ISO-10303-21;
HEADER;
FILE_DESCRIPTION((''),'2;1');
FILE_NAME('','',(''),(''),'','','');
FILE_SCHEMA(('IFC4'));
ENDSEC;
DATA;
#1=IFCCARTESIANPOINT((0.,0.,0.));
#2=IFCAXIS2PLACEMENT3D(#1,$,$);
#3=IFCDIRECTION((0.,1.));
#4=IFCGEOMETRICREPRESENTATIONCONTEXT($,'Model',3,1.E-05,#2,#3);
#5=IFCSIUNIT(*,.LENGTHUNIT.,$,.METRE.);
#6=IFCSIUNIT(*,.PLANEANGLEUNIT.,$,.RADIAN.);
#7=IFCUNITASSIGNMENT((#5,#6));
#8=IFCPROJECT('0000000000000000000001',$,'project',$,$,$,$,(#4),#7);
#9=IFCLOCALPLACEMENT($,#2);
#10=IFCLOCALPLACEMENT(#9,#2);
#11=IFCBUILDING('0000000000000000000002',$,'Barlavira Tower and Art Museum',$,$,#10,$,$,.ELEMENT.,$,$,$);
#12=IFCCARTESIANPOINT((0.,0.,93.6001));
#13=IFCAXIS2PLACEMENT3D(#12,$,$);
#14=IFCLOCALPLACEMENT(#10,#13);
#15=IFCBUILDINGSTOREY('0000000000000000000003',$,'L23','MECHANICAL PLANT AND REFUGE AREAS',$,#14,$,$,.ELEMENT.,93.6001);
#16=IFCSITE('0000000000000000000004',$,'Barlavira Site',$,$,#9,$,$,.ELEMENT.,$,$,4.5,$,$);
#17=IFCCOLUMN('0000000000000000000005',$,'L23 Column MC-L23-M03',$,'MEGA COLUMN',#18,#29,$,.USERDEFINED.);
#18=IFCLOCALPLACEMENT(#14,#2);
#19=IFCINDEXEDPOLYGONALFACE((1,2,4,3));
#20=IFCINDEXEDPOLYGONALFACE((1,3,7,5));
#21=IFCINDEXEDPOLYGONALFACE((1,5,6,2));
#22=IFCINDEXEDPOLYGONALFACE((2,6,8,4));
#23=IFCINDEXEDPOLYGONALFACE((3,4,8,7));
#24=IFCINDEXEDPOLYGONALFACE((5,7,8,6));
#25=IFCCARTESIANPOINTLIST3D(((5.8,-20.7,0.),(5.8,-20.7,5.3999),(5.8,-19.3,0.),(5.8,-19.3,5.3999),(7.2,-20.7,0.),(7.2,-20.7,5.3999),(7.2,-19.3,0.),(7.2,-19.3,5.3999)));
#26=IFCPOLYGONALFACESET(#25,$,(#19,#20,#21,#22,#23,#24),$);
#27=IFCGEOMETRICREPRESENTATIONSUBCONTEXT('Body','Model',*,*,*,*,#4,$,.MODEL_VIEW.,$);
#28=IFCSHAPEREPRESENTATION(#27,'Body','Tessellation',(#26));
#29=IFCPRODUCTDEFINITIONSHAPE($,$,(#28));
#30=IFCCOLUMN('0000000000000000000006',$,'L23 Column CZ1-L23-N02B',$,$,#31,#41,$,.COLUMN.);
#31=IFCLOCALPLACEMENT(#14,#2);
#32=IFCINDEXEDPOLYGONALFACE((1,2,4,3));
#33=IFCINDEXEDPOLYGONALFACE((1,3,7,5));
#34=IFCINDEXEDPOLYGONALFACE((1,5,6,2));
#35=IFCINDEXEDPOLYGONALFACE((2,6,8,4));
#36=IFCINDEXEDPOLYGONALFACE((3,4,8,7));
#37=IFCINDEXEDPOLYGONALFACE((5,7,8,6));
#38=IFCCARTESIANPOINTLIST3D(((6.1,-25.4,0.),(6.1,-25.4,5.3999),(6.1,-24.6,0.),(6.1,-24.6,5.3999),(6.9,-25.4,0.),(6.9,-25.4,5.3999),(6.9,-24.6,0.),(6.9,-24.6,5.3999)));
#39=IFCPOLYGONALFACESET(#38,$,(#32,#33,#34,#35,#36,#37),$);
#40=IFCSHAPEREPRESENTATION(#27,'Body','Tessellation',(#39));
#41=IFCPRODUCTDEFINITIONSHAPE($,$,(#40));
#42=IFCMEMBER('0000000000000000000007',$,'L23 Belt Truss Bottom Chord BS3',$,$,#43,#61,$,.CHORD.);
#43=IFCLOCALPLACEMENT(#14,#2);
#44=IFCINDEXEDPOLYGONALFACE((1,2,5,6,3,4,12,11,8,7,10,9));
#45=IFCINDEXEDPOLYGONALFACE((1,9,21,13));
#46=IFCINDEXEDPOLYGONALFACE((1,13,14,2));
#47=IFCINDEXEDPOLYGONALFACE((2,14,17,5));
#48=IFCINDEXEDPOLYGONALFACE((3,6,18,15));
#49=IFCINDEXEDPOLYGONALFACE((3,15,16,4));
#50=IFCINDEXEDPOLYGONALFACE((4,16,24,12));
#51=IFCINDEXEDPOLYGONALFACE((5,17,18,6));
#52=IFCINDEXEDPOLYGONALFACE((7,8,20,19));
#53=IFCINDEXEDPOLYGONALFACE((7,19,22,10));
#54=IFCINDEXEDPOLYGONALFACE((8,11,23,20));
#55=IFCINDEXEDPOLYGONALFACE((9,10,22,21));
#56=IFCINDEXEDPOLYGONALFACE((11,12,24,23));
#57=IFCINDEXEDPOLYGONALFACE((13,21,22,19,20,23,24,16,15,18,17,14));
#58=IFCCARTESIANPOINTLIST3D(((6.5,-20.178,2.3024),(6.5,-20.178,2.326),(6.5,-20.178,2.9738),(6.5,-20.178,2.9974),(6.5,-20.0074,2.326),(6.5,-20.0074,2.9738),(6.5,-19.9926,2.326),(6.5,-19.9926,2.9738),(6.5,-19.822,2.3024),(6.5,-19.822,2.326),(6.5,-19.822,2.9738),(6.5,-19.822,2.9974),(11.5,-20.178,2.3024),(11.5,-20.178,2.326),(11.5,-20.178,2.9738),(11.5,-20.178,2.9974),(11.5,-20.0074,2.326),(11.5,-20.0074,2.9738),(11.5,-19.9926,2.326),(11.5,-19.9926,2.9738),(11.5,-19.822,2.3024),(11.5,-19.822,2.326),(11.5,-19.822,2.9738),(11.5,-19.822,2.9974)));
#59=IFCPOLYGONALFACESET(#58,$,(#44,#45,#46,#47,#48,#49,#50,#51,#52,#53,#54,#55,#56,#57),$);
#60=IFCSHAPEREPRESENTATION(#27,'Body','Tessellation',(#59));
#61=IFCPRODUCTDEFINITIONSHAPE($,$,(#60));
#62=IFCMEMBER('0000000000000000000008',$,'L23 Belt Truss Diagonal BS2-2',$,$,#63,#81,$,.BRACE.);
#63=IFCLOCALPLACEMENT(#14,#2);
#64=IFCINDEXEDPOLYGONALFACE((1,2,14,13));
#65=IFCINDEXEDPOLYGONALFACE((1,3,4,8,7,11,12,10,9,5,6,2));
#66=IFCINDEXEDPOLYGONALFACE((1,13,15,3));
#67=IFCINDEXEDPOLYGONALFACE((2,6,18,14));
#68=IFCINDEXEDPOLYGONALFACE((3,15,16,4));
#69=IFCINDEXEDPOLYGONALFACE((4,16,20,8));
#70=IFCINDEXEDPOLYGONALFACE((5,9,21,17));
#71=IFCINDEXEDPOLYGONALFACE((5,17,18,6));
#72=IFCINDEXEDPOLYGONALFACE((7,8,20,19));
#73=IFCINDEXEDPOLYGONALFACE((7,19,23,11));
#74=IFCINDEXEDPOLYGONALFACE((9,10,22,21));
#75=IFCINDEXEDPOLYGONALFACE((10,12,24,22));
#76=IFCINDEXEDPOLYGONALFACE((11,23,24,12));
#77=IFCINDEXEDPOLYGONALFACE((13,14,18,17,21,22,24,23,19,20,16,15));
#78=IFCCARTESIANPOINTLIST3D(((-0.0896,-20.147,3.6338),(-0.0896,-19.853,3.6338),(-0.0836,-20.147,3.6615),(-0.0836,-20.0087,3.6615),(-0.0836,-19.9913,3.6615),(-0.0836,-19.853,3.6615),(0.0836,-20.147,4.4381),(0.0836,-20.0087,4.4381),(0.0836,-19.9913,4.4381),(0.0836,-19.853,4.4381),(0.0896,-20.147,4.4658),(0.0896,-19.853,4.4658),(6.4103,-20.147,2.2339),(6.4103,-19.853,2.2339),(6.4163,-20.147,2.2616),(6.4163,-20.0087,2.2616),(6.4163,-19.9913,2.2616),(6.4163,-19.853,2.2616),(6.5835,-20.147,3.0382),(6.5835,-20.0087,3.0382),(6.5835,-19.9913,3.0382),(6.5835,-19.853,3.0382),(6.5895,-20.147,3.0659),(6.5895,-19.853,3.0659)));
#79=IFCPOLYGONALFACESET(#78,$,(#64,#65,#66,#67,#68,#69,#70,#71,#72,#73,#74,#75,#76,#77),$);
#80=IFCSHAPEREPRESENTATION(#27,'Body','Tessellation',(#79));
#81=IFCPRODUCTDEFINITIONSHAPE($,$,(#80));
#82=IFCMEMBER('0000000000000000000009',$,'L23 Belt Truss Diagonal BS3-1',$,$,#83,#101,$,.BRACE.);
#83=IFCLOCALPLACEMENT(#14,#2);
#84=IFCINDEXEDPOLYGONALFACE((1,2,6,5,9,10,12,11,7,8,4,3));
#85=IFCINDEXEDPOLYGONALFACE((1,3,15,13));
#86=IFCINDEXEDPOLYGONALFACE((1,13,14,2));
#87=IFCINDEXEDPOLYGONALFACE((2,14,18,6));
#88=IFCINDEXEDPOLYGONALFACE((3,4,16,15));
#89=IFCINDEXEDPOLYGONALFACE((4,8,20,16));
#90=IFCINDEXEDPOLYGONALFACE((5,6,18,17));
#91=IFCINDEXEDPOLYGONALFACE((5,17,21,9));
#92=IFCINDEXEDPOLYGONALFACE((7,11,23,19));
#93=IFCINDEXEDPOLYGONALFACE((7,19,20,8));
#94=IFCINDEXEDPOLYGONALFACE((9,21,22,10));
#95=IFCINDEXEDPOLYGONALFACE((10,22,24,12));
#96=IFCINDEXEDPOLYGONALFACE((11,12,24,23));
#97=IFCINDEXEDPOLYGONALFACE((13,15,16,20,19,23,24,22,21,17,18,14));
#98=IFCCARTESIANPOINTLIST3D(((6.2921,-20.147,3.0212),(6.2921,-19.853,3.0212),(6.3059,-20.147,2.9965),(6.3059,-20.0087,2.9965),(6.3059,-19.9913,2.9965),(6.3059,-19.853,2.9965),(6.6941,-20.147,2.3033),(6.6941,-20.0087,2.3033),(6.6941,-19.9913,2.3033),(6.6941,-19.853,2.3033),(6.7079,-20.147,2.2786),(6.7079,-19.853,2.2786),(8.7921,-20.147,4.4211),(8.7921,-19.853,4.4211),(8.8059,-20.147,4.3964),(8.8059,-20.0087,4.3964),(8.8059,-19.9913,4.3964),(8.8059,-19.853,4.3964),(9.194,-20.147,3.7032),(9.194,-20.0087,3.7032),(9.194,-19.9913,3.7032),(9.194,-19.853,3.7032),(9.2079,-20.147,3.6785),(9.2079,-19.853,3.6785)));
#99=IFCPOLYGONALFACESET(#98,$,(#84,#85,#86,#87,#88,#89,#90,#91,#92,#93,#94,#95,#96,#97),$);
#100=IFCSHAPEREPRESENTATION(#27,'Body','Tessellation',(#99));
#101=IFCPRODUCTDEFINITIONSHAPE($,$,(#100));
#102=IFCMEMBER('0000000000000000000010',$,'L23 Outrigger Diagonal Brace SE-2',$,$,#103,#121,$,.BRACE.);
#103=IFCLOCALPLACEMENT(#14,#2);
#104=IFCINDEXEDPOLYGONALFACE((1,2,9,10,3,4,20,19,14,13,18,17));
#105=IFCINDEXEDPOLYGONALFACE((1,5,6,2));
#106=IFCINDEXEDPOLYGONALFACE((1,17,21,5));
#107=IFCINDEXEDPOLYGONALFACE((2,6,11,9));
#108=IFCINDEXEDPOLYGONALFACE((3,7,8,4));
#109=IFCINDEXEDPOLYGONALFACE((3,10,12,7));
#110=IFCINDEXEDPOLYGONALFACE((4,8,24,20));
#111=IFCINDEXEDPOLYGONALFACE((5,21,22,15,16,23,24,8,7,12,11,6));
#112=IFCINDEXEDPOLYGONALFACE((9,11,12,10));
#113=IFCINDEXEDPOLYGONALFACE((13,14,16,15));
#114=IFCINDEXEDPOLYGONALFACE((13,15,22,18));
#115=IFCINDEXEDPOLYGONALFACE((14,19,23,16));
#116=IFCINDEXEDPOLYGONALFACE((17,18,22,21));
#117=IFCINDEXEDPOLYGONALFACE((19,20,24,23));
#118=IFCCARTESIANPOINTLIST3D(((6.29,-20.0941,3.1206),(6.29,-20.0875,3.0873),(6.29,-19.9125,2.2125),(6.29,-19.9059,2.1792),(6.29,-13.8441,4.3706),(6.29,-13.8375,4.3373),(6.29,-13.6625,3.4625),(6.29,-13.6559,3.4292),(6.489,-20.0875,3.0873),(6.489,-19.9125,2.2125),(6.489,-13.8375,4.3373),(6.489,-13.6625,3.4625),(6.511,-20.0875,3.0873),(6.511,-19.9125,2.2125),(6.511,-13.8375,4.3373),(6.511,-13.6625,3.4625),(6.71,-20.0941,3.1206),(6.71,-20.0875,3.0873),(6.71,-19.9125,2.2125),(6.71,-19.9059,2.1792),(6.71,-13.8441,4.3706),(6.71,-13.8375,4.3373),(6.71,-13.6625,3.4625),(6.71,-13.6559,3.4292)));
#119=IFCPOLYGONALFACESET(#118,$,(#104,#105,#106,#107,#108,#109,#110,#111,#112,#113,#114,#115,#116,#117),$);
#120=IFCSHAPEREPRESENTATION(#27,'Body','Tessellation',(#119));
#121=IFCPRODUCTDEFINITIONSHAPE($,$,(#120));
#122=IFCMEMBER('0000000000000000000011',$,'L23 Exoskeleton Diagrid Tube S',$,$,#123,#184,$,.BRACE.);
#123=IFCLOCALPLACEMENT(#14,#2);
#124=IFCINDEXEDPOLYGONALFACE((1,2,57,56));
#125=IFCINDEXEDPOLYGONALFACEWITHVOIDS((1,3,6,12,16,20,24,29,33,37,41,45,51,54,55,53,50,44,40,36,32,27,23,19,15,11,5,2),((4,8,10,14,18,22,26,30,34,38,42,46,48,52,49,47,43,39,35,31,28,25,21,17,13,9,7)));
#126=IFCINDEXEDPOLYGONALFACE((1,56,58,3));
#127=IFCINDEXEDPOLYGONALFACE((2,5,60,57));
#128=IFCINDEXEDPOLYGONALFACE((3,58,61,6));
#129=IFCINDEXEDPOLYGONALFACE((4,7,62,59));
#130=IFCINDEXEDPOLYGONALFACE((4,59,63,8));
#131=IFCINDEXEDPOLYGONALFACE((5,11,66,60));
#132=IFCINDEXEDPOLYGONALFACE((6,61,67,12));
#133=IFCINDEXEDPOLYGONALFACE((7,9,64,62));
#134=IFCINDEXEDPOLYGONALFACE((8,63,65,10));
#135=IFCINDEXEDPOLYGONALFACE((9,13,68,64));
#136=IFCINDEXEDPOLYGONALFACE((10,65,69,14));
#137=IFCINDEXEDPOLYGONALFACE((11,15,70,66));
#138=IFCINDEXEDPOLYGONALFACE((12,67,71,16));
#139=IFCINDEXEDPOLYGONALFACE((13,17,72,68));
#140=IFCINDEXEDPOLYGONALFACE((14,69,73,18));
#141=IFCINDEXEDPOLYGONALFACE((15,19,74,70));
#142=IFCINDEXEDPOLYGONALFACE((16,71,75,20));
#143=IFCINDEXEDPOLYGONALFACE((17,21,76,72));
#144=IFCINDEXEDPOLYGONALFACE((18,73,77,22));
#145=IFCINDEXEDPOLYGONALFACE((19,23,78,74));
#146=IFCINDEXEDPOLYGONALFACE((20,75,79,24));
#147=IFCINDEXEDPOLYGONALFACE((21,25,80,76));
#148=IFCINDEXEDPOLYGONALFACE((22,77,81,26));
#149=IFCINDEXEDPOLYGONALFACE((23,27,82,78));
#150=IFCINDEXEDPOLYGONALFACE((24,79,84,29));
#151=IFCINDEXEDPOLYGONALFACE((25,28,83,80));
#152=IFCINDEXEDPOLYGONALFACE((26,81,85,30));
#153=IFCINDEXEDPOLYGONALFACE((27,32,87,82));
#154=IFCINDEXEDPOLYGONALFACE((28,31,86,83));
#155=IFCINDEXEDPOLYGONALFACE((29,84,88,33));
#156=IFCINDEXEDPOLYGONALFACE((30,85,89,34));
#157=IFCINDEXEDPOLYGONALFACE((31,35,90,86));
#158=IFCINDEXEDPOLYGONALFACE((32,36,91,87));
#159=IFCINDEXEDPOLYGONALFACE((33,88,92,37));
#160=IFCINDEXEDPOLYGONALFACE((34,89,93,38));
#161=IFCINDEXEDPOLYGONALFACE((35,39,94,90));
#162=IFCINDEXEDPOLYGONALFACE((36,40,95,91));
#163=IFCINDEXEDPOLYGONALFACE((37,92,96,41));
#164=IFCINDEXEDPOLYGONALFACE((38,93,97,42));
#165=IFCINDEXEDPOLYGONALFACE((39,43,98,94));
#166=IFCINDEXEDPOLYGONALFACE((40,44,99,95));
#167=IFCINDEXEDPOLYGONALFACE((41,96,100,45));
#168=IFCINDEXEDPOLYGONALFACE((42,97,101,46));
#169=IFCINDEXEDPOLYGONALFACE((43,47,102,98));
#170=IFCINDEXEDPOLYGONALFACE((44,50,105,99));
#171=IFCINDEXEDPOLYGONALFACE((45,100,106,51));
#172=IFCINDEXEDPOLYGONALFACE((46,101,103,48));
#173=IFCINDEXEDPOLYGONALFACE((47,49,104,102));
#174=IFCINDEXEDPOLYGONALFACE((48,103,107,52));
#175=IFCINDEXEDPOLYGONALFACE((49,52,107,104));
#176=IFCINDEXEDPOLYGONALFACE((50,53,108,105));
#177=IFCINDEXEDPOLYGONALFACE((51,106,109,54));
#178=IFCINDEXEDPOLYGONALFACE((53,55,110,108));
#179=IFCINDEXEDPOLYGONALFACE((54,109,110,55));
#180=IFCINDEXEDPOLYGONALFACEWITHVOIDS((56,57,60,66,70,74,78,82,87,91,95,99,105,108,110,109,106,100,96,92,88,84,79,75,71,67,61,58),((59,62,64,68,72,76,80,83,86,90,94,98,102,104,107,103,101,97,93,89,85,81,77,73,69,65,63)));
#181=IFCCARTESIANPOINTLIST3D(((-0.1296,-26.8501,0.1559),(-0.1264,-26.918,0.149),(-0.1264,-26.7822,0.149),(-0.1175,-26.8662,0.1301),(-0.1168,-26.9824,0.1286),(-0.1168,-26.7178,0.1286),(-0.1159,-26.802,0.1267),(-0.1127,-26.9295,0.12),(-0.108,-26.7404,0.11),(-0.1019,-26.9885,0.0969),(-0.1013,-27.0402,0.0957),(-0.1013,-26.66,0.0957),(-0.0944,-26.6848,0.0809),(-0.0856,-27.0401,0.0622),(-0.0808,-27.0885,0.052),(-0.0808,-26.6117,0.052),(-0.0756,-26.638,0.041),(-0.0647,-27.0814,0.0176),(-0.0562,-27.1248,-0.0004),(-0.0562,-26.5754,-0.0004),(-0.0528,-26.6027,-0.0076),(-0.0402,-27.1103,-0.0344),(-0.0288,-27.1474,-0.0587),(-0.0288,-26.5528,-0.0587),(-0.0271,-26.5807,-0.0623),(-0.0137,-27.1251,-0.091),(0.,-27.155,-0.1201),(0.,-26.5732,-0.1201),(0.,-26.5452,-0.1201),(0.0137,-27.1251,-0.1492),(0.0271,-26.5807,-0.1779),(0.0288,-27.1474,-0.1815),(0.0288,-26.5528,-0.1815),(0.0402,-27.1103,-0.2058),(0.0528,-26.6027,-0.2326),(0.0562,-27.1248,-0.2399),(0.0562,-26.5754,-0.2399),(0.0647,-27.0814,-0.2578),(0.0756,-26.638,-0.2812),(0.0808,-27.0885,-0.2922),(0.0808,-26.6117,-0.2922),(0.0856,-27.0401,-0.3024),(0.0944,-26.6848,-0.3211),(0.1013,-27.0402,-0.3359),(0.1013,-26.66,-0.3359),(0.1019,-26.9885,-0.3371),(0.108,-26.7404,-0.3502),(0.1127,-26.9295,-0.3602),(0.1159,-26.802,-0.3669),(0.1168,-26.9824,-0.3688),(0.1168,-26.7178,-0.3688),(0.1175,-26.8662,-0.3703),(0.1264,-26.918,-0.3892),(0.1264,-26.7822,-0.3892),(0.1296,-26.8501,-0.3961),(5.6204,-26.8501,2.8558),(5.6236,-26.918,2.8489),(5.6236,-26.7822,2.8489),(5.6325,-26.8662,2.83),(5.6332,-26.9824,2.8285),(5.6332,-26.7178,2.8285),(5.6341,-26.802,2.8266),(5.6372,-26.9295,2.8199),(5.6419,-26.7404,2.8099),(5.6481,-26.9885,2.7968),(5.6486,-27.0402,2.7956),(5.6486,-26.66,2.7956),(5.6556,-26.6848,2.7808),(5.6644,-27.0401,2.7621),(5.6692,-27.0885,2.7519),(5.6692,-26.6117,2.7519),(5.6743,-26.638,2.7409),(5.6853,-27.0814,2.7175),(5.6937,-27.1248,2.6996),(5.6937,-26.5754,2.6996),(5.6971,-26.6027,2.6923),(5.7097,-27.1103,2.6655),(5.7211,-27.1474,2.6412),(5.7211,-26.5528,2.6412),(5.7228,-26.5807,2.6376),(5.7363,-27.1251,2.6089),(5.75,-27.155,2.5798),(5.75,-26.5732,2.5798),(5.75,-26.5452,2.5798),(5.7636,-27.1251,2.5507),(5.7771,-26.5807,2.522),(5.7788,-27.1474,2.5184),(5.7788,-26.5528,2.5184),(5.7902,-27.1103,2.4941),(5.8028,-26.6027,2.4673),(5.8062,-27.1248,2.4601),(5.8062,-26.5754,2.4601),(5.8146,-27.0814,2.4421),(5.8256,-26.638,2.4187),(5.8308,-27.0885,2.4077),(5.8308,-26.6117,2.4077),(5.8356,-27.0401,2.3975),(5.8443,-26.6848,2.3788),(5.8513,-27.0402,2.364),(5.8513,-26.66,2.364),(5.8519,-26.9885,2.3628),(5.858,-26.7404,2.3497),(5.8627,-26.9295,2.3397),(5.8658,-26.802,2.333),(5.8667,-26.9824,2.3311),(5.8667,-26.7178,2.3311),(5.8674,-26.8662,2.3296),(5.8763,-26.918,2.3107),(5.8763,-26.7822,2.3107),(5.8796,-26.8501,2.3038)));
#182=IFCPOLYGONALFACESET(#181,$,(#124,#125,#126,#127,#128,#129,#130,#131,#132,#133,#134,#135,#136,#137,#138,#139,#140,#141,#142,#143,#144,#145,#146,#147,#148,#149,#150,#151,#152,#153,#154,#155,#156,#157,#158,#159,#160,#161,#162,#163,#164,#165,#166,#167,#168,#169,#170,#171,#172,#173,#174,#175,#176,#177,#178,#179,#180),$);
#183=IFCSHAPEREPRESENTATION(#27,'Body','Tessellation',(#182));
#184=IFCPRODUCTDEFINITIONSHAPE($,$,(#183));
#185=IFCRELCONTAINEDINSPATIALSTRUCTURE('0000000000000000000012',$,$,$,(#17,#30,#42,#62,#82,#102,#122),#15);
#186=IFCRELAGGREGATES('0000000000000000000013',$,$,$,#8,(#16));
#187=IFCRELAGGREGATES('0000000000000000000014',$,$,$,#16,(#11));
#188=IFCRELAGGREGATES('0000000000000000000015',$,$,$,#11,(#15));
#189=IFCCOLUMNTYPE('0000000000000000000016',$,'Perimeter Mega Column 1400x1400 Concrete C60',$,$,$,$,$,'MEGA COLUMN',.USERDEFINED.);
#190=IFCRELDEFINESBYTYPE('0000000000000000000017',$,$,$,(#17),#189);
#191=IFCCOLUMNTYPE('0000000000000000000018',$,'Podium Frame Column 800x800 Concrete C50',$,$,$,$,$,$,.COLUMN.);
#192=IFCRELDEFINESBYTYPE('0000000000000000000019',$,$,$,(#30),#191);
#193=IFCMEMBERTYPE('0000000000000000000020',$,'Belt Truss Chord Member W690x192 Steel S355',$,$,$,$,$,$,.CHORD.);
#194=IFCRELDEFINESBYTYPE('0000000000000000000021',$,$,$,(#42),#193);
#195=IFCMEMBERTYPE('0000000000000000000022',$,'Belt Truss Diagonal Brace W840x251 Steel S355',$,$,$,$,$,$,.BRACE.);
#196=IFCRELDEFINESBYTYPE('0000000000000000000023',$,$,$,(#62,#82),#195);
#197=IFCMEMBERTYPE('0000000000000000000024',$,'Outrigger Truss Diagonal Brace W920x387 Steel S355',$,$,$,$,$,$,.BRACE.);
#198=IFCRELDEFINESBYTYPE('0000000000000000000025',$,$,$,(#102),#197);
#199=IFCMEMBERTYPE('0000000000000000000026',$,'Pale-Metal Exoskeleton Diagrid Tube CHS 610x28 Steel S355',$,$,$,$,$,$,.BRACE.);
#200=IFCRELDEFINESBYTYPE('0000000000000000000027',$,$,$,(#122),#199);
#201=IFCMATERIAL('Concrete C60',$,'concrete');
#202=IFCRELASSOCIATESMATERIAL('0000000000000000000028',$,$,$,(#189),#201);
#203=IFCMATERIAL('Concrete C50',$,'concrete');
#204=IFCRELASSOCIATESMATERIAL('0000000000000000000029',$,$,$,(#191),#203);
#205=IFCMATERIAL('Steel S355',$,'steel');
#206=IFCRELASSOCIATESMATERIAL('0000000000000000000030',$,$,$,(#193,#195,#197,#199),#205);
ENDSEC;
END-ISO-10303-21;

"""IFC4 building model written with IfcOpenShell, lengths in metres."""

from ifc_helpers import new_model, si_unit, direction, frame, origin, origin_2d, place, context, subcontext, project, spatial, rectangle, hollow_circle, i_section, extrude, material, material_profile, profile_set, type_object, element, save


model = new_model("IFC4")

# Units and contexts
model_context = context("Model", 3, precision=1e-05, world=origin(), true_north=direction((0.0, 1.0)))
body_context = subcontext(model_context, "Body", "Model", "MODEL_VIEW")
ifc_project = project(units=[si_unit("LENGTHUNIT", "METRE"), si_unit("PLANEANGLEUNIT", "RADIAN")], contexts=[model_context])

# Site, building, storey
site_placement = place(None, origin())
site = spatial("IfcSite", under=ifc_project, at=site_placement, Name="Barlavira Site", CompositionType="ELEMENT", RefElevation=4.5)
building_placement = place(site_placement, origin())
building = spatial("IfcBuilding", under=site, at=building_placement, Name="Barlavira Tower and Art Museum", CompositionType="ELEMENT")
storey_placement = place(building_placement, frame((0.0, 0.0, 93.6001)))
storey = spatial("IfcBuildingStorey", under=building, at=storey_placement, Name="L23", Description="MECHANICAL PLANT AND REFUGE AREAS", CompositionType="ELEMENT", Elevation=93.6001)

# Columns
ifc_material_1 = material(Name="Concrete C60", Category="concrete")
ifc_material_profile_1 = material_profile(ifc_material_1, rectangle(XDim=1.3999, YDim=1.3999, at=origin_2d()), Name="RC-MCOL 1400x1400")
ifc_profile_set_1 = profile_set([ifc_material_profile_1], Name="Concrete C60")
column_type_1 = type_object("IfcColumnType", Name="Perimeter Mega Column 1400x1400 Concrete C60", ElementType="MEGA COLUMN", PredefinedType="USERDEFINED", material=ifc_profile_set_1)
column_1_placement = place(storey_placement, frame((6.5, -20.0, 0.0), z_axis=(0.0, 0.0, 1.0), x_axis=(1.0, 0.0, 0.0)))
element("IfcColumn", 1, at=column_1_placement, inside=storey, type_object=column_type_1, Name="L23 Column MC-L23-M03", ObjectType="MEGA COLUMN", PredefinedType="USERDEFINED", context=body_context, shape_type="SweptSolid", body=[
    extrude(rectangle(XDim=1.3999, YDim=1.3999, at=origin_2d()), origin(), (0.0, 0.0, 1.0), 5.3999),
])
ifc_material_2 = material(Name="Concrete C50", Category="concrete")
ifc_material_profile_2 = material_profile(ifc_material_2, rectangle(XDim=0.8, YDim=0.8, at=origin_2d()), Name="RC-COL 800x800")
ifc_profile_set_2 = profile_set([ifc_material_profile_2], Name="Concrete C50")
column_type_2 = type_object("IfcColumnType", Name="Podium Frame Column 800x800 Concrete C50", PredefinedType="COLUMN", material=ifc_profile_set_2)
column_2_placement = place(storey_placement, frame((6.5, -25.0, 0.0), z_axis=(0.0, 0.0, 1.0), x_axis=(1.0, 0.0, 0.0)))
element("IfcColumn", 2, at=column_2_placement, inside=storey, type_object=column_type_2, Name="L23 Column CZ1-L23-N02B", PredefinedType="COLUMN", context=body_context, shape_type="SweptSolid", body=[
    extrude(rectangle(XDim=0.8, YDim=0.8, at=origin_2d()), origin(), (0.0, 0.0, 1.0), 5.3999),
])

# Members
ifc_material_3 = material(Name="Steel S355", Category="steel")
ifc_material_profile_3 = material_profile(ifc_material_3, i_section(OverallWidth=0.356, OverallDepth=0.6951, WebThickness=0.0149, FlangeThickness=0.0237, at=origin_2d()), Name="W690x192.0")
ifc_profile_set_3 = profile_set([ifc_material_profile_3], Name="Steel S355")
member_type_1 = type_object("IfcMemberType", Name="Belt Truss Chord Member W690x192 Steel S355", PredefinedType="CHORD", material=ifc_profile_set_3)
member_1_placement = place(storey_placement, frame((6.5, -20.0, 2.6499), z_axis=(1.0, 0.0, 0.0), x_axis=(0.0, 1.0, 0.0)))
element("IfcMember", 3, at=member_1_placement, inside=storey, type_object=member_type_1, Name="L23 Belt Truss Bottom Chord BS3", PredefinedType="CHORD", context=body_context, shape_type="SweptSolid", body=[
    extrude(i_section(OverallWidth=0.356, OverallDepth=0.6951, WebThickness=0.0149, FlangeThickness=0.0237, at=origin_2d()), origin(), (0.0, 0.0, 1.0), 5.0),
])
ifc_material_profile_4 = material_profile(ifc_material_3, i_section(OverallWidth=0.2939, OverallDepth=0.8511, WebThickness=0.0173, FlangeThickness=0.0283, at=origin_2d()), Name="W840x251.0")
ifc_profile_set_4 = profile_set([ifc_material_profile_4], Name="Steel S355")
member_type_2 = type_object("IfcMemberType", Name="Belt Truss Diagonal Brace W840x251 Steel S355", PredefinedType="BRACE", material=ifc_profile_set_4)
member_2_placement = place(storey_placement, frame((0.0, -20.0, 4.0498), z_axis=(0.977585, 0.0, -0.210542), x_axis=(0.0, 1.0, 0.0)))
element("IfcMember", 4, at=member_2_placement, inside=storey, type_object=member_type_2, Name="L23 Belt Truss Diagonal BS2-2", PredefinedType="BRACE", context=body_context, shape_type="SweptSolid", body=[
    extrude(i_section(OverallWidth=0.2939, OverallDepth=0.8511, WebThickness=0.0173, FlangeThickness=0.0283, at=origin_2d()), origin(), (0.0, 0.0, 1.0), 6.6489),
])
member_3_placement = place(storey_placement, frame((6.5, -20.0, 2.6499), z_axis=(0.872521, 0.0, 0.488577), x_axis=(0.0, 1.0, 0.0)))
element("IfcMember", 5, at=member_3_placement, inside=storey, type_object=member_type_2, Name="L23 Belt Truss Diagonal BS3-1", PredefinedType="BRACE", context=body_context, shape_type="SweptSolid", body=[
    extrude(i_section(OverallWidth=0.2939, OverallDepth=0.8511, WebThickness=0.0173, FlangeThickness=0.0283, at=origin_2d()), origin(), (0.0, 0.0, 1.0), 2.8652),
])
ifc_material_profile_5 = material_profile(ifc_material_3, i_section(OverallWidth=0.4199, OverallDepth=0.96, WebThickness=0.022, FlangeThickness=0.0339, at=origin_2d()), Name="W920x387.0")
ifc_profile_set_5 = profile_set([ifc_material_profile_5], Name="Steel S355")
member_type_3 = type_object("IfcMemberType", Name="Outrigger Truss Diagonal Brace W920x387 Steel S355", PredefinedType="BRACE", material=ifc_profile_set_5)
member_4_placement = place(storey_placement, frame((6.5, -13.75, 3.8999), z_axis=(0.0, -0.980581, -0.196116), x_axis=(1.0, 0.0, 0.0)))
element("IfcMember", 6, at=member_4_placement, inside=storey, type_object=member_type_3, Name="L23 Outrigger Diagonal Brace SE-2", PredefinedType="BRACE", context=body_context, shape_type="SweptSolid", body=[
    extrude(i_section(OverallWidth=0.4199, OverallDepth=0.96, WebThickness=0.022, FlangeThickness=0.0339, at=origin_2d()), origin(), (0.0, 0.0, 1.0), 6.3738),
])
ifc_material_profile_6 = material_profile(ifc_material_3, hollow_circle(Radius=0.3049, WallThickness=0.0281, at=origin_2d()), Name="CHS 610.0x28.0")
ifc_profile_set_6 = profile_set([ifc_material_profile_6], Name="Steel S355")
member_type_4 = type_object("IfcMemberType", Name="Pale-Metal Exoskeleton Diagrid Tube CHS 610x28 Steel S355", PredefinedType="BRACE", material=ifc_profile_set_6)
for number, where, z_axis, x_axis, name in (
    (7, (0.0, -26.8501, -0.1201), (0.905178, 0.0, 0.425032), (0.0, 1.0, 0.0), "L23 Exoskeleton Diagrid Tube S"),
):
    element("IfcMember", number, at=place(storey_placement, frame(where, z_axis=z_axis, x_axis=x_axis)), inside=storey, type_object=member_type_4, Name=name, PredefinedType="BRACE", context=body_context, shape_type="SweptSolid", body=[
        extrude(hollow_circle(Radius=0.3049, WallThickness=0.0281, at=origin_2d()), origin(), (0.0, 0.0, 1.0), 6.3523),
    ])

save(model, "model.ifc")
